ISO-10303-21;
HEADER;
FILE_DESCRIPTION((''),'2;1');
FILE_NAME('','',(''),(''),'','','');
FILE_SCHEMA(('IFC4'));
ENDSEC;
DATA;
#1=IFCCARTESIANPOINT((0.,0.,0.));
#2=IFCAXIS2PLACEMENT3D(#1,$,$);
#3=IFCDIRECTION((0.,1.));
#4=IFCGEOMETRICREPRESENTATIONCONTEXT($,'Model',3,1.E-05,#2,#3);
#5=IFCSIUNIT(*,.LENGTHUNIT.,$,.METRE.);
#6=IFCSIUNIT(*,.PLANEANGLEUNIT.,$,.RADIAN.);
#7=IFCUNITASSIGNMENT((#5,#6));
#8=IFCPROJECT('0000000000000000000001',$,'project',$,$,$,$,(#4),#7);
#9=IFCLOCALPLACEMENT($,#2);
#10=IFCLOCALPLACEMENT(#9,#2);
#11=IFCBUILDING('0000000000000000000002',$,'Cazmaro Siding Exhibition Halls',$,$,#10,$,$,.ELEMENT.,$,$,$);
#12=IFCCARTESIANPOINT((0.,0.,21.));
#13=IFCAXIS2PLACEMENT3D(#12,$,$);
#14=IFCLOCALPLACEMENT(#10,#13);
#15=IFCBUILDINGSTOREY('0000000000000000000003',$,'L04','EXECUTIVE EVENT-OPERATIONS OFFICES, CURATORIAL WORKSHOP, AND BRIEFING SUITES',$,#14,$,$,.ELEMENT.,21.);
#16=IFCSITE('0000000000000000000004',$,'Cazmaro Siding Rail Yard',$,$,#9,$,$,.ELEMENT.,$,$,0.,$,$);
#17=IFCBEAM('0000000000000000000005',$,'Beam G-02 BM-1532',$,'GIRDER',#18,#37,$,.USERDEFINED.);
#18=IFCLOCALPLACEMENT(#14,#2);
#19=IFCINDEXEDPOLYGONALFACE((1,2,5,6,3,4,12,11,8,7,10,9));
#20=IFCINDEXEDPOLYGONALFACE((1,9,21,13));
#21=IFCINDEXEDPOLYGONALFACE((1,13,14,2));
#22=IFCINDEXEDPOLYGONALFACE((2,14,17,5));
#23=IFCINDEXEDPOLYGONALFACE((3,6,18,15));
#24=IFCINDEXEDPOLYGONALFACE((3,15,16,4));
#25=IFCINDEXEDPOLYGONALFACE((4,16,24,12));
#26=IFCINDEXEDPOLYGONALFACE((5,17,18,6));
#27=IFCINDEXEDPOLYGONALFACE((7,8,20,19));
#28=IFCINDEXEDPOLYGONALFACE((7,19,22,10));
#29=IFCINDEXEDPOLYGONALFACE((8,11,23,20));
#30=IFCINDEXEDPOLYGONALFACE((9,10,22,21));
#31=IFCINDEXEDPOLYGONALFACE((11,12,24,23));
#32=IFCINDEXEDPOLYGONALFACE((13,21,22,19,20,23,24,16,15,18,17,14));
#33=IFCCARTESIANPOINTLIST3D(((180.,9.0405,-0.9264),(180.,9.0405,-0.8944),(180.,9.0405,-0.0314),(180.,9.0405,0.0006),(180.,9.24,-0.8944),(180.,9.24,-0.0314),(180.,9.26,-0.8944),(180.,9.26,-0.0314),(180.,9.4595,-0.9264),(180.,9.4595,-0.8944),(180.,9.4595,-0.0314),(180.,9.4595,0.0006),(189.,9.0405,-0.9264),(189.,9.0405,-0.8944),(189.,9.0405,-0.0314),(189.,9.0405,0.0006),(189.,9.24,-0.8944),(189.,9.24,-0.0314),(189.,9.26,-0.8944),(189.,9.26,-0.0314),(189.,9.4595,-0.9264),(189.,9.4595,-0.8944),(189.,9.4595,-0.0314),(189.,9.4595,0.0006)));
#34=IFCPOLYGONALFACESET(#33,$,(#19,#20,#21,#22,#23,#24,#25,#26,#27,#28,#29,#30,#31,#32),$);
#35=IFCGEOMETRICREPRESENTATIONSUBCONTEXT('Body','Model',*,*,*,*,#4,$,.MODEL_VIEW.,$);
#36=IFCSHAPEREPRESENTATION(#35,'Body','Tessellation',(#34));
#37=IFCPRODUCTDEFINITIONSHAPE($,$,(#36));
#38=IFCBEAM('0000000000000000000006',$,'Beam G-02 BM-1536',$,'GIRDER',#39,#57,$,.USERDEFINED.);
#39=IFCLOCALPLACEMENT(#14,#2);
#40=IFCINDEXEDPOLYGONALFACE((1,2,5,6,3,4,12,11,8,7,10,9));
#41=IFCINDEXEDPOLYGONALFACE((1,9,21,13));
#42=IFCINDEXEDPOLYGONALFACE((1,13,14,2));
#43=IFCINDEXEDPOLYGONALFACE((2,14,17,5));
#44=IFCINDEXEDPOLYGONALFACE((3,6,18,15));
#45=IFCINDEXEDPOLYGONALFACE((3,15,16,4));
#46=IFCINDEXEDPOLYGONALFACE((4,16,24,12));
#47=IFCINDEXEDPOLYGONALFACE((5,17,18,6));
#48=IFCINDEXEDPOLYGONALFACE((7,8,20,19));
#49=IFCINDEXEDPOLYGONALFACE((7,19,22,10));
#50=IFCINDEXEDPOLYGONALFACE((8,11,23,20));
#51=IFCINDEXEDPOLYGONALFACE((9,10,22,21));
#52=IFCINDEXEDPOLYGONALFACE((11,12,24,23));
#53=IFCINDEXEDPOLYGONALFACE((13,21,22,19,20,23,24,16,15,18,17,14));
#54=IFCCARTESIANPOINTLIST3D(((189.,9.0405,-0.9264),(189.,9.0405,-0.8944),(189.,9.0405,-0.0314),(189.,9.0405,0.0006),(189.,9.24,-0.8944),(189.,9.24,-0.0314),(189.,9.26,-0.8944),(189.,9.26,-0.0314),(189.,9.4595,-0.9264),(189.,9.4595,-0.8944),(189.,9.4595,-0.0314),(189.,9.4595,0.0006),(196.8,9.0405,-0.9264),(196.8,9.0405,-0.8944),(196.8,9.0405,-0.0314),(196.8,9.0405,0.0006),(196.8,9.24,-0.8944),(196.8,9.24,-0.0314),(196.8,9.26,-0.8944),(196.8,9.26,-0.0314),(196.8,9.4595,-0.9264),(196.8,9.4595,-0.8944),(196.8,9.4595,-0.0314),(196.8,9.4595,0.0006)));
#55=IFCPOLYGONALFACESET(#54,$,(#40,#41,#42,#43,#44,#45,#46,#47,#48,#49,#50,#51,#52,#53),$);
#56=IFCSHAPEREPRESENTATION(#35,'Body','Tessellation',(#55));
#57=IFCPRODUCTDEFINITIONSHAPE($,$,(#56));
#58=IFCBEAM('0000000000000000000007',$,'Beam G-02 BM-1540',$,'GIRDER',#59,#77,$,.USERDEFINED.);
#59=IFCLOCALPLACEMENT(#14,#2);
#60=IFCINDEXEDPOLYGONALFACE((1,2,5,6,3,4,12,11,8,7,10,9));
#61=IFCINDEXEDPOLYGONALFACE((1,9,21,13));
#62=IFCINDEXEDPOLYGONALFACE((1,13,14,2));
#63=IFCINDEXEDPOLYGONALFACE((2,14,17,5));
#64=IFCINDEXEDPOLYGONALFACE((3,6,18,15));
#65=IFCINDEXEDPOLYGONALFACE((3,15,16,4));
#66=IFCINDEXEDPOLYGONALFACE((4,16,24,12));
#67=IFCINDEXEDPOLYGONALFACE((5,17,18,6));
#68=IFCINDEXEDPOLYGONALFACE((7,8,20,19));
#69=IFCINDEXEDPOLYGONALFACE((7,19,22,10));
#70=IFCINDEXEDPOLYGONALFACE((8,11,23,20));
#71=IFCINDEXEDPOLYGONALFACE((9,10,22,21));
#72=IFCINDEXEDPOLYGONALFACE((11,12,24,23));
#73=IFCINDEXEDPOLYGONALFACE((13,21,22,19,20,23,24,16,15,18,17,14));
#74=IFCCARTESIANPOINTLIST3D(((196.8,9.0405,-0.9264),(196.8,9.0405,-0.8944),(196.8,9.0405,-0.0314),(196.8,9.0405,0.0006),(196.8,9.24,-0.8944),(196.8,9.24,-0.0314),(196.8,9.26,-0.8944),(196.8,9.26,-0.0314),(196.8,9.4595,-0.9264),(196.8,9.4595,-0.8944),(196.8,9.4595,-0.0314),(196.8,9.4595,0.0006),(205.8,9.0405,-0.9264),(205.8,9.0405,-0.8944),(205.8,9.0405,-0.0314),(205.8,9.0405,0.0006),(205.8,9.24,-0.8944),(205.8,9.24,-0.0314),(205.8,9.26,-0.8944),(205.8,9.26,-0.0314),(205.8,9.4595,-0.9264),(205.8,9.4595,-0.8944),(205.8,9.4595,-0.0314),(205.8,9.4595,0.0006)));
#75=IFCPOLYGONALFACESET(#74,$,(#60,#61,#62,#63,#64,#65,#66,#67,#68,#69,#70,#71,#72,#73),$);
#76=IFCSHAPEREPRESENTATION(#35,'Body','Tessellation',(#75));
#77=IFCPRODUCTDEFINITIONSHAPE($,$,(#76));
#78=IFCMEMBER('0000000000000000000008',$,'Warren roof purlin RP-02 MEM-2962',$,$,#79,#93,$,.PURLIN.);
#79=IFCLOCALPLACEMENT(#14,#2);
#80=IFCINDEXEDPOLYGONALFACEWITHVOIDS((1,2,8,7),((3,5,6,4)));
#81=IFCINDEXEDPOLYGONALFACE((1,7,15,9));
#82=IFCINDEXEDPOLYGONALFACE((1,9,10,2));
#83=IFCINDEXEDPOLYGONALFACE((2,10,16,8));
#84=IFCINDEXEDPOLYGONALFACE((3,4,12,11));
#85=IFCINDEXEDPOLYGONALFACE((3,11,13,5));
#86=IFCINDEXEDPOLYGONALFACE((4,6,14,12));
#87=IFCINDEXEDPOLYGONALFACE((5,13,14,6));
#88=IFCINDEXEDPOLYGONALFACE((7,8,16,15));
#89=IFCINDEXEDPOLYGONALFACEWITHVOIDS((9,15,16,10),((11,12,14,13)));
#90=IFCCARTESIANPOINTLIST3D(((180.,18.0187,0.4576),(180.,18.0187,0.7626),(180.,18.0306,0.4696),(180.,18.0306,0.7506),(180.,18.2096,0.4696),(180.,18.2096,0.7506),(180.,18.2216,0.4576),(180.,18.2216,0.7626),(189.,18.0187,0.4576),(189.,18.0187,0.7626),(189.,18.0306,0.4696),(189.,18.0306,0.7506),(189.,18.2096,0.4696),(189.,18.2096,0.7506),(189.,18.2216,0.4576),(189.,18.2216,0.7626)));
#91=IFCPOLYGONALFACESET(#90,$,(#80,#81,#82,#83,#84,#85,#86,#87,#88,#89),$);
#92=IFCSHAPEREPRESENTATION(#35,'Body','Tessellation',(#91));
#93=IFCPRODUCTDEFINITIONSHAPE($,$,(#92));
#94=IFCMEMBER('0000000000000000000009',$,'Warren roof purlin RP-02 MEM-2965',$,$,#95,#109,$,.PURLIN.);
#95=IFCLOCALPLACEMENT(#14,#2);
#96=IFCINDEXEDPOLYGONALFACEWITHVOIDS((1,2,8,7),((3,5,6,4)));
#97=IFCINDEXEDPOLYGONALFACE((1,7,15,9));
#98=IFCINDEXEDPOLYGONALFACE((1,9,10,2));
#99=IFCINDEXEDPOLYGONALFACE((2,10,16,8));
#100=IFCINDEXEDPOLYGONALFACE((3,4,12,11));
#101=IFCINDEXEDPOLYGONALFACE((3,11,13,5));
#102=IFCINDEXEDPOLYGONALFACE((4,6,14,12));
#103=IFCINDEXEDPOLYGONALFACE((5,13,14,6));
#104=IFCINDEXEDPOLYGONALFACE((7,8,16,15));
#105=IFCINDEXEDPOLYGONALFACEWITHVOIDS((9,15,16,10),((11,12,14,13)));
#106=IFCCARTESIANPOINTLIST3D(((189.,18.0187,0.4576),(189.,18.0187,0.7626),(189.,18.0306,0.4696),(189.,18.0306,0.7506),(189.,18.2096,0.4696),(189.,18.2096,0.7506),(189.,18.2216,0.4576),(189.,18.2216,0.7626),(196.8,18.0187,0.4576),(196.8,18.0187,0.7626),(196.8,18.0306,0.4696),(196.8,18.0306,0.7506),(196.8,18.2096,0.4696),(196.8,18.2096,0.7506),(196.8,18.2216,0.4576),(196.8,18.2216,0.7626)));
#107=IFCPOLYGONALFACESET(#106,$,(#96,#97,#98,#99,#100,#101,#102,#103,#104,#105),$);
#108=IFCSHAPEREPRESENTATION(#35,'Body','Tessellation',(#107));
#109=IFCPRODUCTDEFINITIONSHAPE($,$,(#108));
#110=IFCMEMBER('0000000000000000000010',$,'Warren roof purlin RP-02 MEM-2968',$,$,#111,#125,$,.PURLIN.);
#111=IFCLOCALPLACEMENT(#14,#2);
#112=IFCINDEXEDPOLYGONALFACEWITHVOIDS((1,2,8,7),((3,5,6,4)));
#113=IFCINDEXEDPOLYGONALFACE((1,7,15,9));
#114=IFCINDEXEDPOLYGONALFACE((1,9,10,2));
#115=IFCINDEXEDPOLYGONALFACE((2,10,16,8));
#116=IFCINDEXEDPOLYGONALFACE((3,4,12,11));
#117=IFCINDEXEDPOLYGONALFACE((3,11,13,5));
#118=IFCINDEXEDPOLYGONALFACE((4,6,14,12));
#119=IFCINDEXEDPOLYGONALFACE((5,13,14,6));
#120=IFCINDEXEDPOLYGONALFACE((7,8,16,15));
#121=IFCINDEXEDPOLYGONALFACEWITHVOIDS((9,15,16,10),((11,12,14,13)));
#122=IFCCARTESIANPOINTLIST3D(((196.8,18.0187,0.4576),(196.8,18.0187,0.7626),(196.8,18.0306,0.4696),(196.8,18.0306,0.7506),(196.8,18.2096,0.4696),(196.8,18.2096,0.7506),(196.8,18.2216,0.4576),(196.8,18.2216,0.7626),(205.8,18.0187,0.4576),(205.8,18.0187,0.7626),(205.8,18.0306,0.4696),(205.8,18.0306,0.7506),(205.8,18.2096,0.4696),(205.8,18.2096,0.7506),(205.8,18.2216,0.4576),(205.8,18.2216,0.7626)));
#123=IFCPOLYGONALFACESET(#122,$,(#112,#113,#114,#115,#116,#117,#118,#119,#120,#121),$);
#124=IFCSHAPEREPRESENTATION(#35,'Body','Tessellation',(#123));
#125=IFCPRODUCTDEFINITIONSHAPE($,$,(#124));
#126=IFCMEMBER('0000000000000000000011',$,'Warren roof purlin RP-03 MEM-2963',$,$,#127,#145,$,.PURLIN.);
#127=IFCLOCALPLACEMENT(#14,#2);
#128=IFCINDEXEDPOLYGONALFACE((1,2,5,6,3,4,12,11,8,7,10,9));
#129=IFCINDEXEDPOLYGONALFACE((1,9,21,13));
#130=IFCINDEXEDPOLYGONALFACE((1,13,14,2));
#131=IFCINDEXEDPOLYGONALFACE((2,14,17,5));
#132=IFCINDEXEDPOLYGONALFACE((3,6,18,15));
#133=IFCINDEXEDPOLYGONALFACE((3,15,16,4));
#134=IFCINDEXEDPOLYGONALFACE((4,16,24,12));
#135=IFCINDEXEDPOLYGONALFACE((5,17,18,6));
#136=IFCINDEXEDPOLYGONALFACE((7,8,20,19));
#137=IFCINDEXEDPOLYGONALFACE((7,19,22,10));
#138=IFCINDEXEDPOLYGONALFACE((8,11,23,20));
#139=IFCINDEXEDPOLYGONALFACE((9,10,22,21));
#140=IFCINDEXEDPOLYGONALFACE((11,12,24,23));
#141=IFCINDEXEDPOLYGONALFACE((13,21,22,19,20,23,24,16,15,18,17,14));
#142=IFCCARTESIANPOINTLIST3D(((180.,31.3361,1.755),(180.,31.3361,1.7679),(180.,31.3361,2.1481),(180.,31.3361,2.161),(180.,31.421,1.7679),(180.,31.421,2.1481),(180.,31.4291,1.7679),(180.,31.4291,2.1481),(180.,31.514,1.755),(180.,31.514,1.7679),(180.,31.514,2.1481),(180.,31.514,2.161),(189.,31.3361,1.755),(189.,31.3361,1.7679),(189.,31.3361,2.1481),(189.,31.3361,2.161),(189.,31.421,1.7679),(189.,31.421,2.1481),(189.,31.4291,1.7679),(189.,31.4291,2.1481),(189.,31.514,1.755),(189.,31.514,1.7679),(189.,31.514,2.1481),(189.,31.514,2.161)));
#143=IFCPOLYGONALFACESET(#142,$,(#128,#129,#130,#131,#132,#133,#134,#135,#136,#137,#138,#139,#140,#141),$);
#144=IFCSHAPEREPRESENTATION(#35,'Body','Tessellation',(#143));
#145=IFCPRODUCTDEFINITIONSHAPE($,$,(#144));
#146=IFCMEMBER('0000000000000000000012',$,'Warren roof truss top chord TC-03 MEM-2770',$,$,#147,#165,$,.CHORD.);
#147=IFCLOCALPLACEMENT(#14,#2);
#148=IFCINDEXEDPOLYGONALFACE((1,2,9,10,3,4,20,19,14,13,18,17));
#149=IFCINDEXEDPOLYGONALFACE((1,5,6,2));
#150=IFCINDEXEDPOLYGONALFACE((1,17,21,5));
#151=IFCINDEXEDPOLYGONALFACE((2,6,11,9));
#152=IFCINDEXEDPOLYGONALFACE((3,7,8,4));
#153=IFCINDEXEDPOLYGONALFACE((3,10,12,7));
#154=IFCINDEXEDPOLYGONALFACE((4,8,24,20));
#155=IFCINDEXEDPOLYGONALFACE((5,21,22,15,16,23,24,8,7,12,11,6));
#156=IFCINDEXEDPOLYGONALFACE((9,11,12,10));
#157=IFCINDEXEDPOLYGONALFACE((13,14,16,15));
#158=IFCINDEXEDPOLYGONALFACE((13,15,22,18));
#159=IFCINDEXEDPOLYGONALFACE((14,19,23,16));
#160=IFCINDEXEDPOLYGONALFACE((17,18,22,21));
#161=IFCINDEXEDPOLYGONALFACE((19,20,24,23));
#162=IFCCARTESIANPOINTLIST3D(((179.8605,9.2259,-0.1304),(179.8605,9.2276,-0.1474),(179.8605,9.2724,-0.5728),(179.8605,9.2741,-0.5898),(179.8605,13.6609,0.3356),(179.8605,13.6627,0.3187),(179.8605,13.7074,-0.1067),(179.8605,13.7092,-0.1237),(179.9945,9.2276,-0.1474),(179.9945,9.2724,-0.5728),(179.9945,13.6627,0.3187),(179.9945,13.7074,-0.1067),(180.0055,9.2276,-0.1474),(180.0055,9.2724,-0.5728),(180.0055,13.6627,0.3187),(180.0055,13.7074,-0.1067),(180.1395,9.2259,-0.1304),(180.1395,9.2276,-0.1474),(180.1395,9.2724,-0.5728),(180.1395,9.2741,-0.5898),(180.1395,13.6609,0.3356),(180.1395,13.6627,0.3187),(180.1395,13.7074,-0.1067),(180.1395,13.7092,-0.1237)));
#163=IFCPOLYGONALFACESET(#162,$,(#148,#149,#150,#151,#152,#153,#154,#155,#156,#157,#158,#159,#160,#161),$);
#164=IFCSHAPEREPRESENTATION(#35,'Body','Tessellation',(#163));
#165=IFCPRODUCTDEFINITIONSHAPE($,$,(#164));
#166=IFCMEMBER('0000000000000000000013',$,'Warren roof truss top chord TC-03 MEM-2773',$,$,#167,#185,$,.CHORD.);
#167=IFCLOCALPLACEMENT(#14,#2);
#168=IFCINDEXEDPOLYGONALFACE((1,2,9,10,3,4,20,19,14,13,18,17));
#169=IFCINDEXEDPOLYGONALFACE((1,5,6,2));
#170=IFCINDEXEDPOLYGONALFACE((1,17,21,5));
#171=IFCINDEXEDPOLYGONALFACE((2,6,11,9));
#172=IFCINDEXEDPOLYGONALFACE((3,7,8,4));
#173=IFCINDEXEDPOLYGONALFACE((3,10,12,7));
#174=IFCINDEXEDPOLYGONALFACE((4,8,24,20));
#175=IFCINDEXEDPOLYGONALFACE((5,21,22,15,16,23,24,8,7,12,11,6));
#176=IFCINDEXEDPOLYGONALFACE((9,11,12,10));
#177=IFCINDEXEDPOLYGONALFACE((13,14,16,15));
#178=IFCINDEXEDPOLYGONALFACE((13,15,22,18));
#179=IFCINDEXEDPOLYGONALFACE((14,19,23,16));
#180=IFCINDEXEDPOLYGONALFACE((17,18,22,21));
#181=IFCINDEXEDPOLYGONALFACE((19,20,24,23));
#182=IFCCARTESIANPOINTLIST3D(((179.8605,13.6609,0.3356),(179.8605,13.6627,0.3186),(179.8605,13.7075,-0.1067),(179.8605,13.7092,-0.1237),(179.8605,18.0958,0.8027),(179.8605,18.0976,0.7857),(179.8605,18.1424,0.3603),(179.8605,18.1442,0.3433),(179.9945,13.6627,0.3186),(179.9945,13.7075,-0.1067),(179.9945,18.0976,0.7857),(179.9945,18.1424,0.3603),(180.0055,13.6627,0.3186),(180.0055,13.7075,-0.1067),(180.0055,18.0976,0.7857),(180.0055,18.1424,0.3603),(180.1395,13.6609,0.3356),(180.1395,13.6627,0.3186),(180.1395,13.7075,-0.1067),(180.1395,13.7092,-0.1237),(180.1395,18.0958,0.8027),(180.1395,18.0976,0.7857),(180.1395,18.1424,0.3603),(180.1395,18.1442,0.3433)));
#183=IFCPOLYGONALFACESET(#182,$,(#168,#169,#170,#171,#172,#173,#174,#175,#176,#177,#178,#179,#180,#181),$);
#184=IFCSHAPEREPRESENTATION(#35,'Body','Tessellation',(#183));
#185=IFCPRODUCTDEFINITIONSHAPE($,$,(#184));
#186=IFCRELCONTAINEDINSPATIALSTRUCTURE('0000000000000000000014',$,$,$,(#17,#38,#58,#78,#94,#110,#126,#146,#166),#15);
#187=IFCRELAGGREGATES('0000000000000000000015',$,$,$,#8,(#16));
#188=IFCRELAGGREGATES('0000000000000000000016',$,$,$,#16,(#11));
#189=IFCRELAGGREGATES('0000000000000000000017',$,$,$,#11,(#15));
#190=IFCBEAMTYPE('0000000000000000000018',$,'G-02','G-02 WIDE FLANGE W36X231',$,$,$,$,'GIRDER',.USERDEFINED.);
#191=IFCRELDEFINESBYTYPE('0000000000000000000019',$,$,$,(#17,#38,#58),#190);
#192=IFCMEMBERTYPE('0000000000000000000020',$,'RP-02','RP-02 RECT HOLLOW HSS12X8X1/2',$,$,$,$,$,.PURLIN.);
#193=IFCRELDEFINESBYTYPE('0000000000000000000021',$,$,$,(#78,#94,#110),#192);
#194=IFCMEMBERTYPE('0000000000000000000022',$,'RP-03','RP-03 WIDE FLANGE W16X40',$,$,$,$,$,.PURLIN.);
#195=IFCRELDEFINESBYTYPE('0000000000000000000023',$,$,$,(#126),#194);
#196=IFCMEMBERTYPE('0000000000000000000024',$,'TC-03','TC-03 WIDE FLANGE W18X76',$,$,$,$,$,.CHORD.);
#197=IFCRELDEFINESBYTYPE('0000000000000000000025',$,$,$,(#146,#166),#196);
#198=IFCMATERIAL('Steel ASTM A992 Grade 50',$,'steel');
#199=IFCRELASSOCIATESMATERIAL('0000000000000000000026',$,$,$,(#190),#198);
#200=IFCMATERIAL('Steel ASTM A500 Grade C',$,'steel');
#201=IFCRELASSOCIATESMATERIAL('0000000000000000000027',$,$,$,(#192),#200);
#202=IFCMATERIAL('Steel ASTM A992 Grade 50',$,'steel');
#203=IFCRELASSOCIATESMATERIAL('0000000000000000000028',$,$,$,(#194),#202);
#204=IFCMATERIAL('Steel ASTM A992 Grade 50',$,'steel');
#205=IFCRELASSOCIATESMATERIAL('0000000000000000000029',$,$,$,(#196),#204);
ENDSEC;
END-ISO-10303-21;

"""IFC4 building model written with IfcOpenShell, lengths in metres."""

from ifc_helpers import new_model, si_unit, direction, frame, origin, origin_2d, place, context, subcontext, project, spatial, hollow_rectangle, i_section, extrude, material, material_profile, profile_set, type_object, element, save


model = new_model("IFC4")

# Units and contexts
model_context = context("Model", 3, precision=1e-05, world=origin(), true_north=direction((0.0, 1.0)))
body_context = subcontext(model_context, "Body", "Model", "MODEL_VIEW")
ifc_project = project(units=[si_unit("LENGTHUNIT", "METRE"), si_unit("PLANEANGLEUNIT", "RADIAN")], contexts=[model_context])

# Site, building, storey
site_placement = place(None, origin())
site = spatial("IfcSite", under=ifc_project, at=site_placement, Name="Cazmaro Siding Rail Yard", CompositionType="ELEMENT", RefElevation=0.0)
building_placement = place(site_placement, origin())
building = spatial("IfcBuilding", under=site, at=building_placement, Name="Cazmaro Siding Exhibition Halls", CompositionType="ELEMENT")
storey_placement = place(building_placement, frame((0.0, 0.0, 21.0)))
storey = spatial("IfcBuildingStorey", under=building, at=storey_placement, Name="L04", Description="EXECUTIVE EVENT-OPERATIONS OFFICES, CURATORIAL WORKSHOP, AND BRIEFING SUITES", CompositionType="ELEMENT", Elevation=21.0)

# Beams
ifc_material_1 = material(Name="Steel ASTM A992 Grade 50", Category="steel")
ifc_material_profile_1 = material_profile(ifc_material_1, i_section(OverallWidth=0.4189, OverallDepth=0.927, WebThickness=0.02, FlangeThickness=0.032, at=origin_2d()), Name="W36X231")
ifc_profile_set_1 = profile_set([ifc_material_profile_1], Name="Steel ASTM A992 Grade 50")
beam_type = type_object("IfcBeamType", Name="G-02", Description="G-02 WIDE FLANGE W36X231", ElementType="GIRDER", PredefinedType="USERDEFINED", material=ifc_profile_set_1)
beam_1_placement = place(storey_placement, frame((180.0, 9.25, -0.4629), z_axis=(1.0, 0.0, 0.0), x_axis=(0.0, 1.0, 0.0)))
element("IfcBeam", 1, at=beam_1_placement, inside=storey, type_object=beam_type, Name="Beam G-02 BM-1532", ObjectType="GIRDER", PredefinedType="USERDEFINED", context=body_context, shape_type="SweptSolid", body=[
    extrude(i_section(OverallWidth=0.4189, OverallDepth=0.927, WebThickness=0.02, FlangeThickness=0.032, at=origin_2d()), origin(), (0.0, 0.0, 1.0), 9.0),
])
beam_2_placement = place(storey_placement, frame((189.0, 9.25, -0.4629), z_axis=(1.0, 0.0, 0.0), x_axis=(0.0, 1.0, 0.0)))
element("IfcBeam", 2, at=beam_2_placement, inside=storey, type_object=beam_type, Name="Beam G-02 BM-1536", ObjectType="GIRDER", PredefinedType="USERDEFINED", context=body_context, shape_type="SweptSolid", body=[
    extrude(i_section(OverallWidth=0.4189, OverallDepth=0.927, WebThickness=0.02, FlangeThickness=0.032, at=origin_2d()), origin(), (0.0, 0.0, 1.0), 7.8),
])
beam_3_placement = place(storey_placement, frame((196.8, 9.25, -0.4629), z_axis=(1.0, 0.0, 0.0), x_axis=(0.0, 1.0, 0.0)))
element("IfcBeam", 3, at=beam_3_placement, inside=storey, type_object=beam_type, Name="Beam G-02 BM-1540", ObjectType="GIRDER", PredefinedType="USERDEFINED", context=body_context, shape_type="SweptSolid", body=[
    extrude(i_section(OverallWidth=0.4189, OverallDepth=0.927, WebThickness=0.02, FlangeThickness=0.032, at=origin_2d()), origin(), (0.0, 0.0, 1.0), 9.0),
])

# Members
ifc_material_2 = material(Name="Steel ASTM A500 Grade C", Category="steel")
ifc_material_profile_2 = material_profile(ifc_material_2, hollow_rectangle(XDim=0.2029, YDim=0.3049, WallThickness=0.012, at=origin_2d()), Name="HSS12X8X1/2")
ifc_profile_set_2 = profile_set([ifc_material_profile_2], Name="Steel ASTM A500 Grade C")
member_type_1 = type_object("IfcMemberType", Name="RP-02", Description="RP-02 RECT HOLLOW HSS12X8X1/2", PredefinedType="PURLIN", material=ifc_profile_set_2)
member_1_placement = place(storey_placement, frame((180.0, 18.1201, 0.6101), z_axis=(1.0, 0.0, 0.0), x_axis=(0.0, 1.0, 0.0)))
element("IfcMember", 4, at=member_1_placement, inside=storey, type_object=member_type_1, Name="Warren roof purlin RP-02 MEM-2962", PredefinedType="PURLIN", context=body_context, shape_type="SweptSolid", body=[
    extrude(hollow_rectangle(XDim=0.2029, YDim=0.3049, WallThickness=0.012, at=origin_2d()), origin(), (0.0, 0.0, 1.0), 9.0),
])
member_2_placement = place(storey_placement, frame((189.0, 18.1201, 0.6101), z_axis=(1.0, 0.0, 0.0), x_axis=(0.0, 1.0, 0.0)))
element("IfcMember", 5, at=member_2_placement, inside=storey, type_object=member_type_1, Name="Warren roof purlin RP-02 MEM-2965", PredefinedType="PURLIN", context=body_context, shape_type="SweptSolid", body=[
    extrude(hollow_rectangle(XDim=0.2029, YDim=0.3049, WallThickness=0.012, at=origin_2d()), origin(), (0.0, 0.0, 1.0), 7.8),
])
member_3_placement = place(storey_placement, frame((196.8, 18.1201, 0.6101), z_axis=(1.0, 0.0, 0.0), x_axis=(0.0, 1.0, 0.0)))
element("IfcMember", 6, at=member_3_placement, inside=storey, type_object=member_type_1, Name="Warren roof purlin RP-02 MEM-2968", PredefinedType="PURLIN", context=body_context, shape_type="SweptSolid", body=[
    extrude(hollow_rectangle(XDim=0.2029, YDim=0.3049, WallThickness=0.012, at=origin_2d()), origin(), (0.0, 0.0, 1.0), 9.0),
])
ifc_material_3 = material(Name="Steel ASTM A992 Grade 50", Category="steel")
ifc_material_profile_3 = material_profile(ifc_material_3, i_section(OverallWidth=0.178, OverallDepth=0.406, WebThickness=0.0081, FlangeThickness=0.0129, at=origin_2d()), Name="W16X40")
ifc_profile_set_3 = profile_set([ifc_material_profile_3], Name="Steel ASTM A992 Grade 50")
member_type_2 = type_object("IfcMemberType", Name="RP-03", Description="RP-03 WIDE FLANGE W16X40", PredefinedType="PURLIN", material=ifc_profile_set_3)
member_4_placement = place(storey_placement, frame((180.0, 31.425, 1.958), z_axis=(1.0, 0.0, 0.0), x_axis=(0.0, 1.0, 0.0)))
element("IfcMember", 7, at=member_4_placement, inside=storey, type_object=member_type_2, Name="Warren roof purlin RP-03 MEM-2963", PredefinedType="PURLIN", context=body_context, shape_type="SweptSolid", body=[
    extrude(i_section(OverallWidth=0.178, OverallDepth=0.406, WebThickness=0.0081, FlangeThickness=0.0129, at=origin_2d()), origin(), (0.0, 0.0, 1.0), 9.0),
])
ifc_material_4 = material(Name="Steel ASTM A992 Grade 50", Category="steel")
ifc_material_profile_4 = material_profile(ifc_material_4, i_section(OverallWidth=0.2791, OverallDepth=0.4619, WebThickness=0.011, FlangeThickness=0.0171, at=origin_2d()), Name="W18X76")
ifc_profile_set_4 = profile_set([ifc_material_profile_4], Name="Steel ASTM A992 Grade 50")
member_type_3 = type_object("IfcMemberType", Name="TC-03", Description="TC-03 WIDE FLANGE W18X76", PredefinedType="CHORD", material=ifc_profile_set_4)
for number, where, z_axis, x_axis, name in (
    (8, (180.0, 9.25, -0.3601), (0.0, 0.994524, 0.104511), (-1.0, 0.0, 0.0), "Warren roof truss top chord TC-03 MEM-2770"),
    (9, (180.0, 13.6851, 0.106), (0.0, 0.994501, 0.104728), (-1.0, 0.0, 0.0), "Warren roof truss top chord TC-03 MEM-2773"),
):
    element("IfcMember", number, at=place(storey_placement, frame(where, z_axis=z_axis, x_axis=x_axis)), inside=storey, type_object=member_type_3, Name=name, PredefinedType="CHORD", context=body_context, shape_type="SweptSolid", body=[
        extrude(i_section(OverallWidth=0.2791, OverallDepth=0.4619, WebThickness=0.011, FlangeThickness=0.0171, at=origin_2d()), origin(), (0.0, 0.0, 1.0), 4.4595),
    ])

save(model, "model.ifc")
